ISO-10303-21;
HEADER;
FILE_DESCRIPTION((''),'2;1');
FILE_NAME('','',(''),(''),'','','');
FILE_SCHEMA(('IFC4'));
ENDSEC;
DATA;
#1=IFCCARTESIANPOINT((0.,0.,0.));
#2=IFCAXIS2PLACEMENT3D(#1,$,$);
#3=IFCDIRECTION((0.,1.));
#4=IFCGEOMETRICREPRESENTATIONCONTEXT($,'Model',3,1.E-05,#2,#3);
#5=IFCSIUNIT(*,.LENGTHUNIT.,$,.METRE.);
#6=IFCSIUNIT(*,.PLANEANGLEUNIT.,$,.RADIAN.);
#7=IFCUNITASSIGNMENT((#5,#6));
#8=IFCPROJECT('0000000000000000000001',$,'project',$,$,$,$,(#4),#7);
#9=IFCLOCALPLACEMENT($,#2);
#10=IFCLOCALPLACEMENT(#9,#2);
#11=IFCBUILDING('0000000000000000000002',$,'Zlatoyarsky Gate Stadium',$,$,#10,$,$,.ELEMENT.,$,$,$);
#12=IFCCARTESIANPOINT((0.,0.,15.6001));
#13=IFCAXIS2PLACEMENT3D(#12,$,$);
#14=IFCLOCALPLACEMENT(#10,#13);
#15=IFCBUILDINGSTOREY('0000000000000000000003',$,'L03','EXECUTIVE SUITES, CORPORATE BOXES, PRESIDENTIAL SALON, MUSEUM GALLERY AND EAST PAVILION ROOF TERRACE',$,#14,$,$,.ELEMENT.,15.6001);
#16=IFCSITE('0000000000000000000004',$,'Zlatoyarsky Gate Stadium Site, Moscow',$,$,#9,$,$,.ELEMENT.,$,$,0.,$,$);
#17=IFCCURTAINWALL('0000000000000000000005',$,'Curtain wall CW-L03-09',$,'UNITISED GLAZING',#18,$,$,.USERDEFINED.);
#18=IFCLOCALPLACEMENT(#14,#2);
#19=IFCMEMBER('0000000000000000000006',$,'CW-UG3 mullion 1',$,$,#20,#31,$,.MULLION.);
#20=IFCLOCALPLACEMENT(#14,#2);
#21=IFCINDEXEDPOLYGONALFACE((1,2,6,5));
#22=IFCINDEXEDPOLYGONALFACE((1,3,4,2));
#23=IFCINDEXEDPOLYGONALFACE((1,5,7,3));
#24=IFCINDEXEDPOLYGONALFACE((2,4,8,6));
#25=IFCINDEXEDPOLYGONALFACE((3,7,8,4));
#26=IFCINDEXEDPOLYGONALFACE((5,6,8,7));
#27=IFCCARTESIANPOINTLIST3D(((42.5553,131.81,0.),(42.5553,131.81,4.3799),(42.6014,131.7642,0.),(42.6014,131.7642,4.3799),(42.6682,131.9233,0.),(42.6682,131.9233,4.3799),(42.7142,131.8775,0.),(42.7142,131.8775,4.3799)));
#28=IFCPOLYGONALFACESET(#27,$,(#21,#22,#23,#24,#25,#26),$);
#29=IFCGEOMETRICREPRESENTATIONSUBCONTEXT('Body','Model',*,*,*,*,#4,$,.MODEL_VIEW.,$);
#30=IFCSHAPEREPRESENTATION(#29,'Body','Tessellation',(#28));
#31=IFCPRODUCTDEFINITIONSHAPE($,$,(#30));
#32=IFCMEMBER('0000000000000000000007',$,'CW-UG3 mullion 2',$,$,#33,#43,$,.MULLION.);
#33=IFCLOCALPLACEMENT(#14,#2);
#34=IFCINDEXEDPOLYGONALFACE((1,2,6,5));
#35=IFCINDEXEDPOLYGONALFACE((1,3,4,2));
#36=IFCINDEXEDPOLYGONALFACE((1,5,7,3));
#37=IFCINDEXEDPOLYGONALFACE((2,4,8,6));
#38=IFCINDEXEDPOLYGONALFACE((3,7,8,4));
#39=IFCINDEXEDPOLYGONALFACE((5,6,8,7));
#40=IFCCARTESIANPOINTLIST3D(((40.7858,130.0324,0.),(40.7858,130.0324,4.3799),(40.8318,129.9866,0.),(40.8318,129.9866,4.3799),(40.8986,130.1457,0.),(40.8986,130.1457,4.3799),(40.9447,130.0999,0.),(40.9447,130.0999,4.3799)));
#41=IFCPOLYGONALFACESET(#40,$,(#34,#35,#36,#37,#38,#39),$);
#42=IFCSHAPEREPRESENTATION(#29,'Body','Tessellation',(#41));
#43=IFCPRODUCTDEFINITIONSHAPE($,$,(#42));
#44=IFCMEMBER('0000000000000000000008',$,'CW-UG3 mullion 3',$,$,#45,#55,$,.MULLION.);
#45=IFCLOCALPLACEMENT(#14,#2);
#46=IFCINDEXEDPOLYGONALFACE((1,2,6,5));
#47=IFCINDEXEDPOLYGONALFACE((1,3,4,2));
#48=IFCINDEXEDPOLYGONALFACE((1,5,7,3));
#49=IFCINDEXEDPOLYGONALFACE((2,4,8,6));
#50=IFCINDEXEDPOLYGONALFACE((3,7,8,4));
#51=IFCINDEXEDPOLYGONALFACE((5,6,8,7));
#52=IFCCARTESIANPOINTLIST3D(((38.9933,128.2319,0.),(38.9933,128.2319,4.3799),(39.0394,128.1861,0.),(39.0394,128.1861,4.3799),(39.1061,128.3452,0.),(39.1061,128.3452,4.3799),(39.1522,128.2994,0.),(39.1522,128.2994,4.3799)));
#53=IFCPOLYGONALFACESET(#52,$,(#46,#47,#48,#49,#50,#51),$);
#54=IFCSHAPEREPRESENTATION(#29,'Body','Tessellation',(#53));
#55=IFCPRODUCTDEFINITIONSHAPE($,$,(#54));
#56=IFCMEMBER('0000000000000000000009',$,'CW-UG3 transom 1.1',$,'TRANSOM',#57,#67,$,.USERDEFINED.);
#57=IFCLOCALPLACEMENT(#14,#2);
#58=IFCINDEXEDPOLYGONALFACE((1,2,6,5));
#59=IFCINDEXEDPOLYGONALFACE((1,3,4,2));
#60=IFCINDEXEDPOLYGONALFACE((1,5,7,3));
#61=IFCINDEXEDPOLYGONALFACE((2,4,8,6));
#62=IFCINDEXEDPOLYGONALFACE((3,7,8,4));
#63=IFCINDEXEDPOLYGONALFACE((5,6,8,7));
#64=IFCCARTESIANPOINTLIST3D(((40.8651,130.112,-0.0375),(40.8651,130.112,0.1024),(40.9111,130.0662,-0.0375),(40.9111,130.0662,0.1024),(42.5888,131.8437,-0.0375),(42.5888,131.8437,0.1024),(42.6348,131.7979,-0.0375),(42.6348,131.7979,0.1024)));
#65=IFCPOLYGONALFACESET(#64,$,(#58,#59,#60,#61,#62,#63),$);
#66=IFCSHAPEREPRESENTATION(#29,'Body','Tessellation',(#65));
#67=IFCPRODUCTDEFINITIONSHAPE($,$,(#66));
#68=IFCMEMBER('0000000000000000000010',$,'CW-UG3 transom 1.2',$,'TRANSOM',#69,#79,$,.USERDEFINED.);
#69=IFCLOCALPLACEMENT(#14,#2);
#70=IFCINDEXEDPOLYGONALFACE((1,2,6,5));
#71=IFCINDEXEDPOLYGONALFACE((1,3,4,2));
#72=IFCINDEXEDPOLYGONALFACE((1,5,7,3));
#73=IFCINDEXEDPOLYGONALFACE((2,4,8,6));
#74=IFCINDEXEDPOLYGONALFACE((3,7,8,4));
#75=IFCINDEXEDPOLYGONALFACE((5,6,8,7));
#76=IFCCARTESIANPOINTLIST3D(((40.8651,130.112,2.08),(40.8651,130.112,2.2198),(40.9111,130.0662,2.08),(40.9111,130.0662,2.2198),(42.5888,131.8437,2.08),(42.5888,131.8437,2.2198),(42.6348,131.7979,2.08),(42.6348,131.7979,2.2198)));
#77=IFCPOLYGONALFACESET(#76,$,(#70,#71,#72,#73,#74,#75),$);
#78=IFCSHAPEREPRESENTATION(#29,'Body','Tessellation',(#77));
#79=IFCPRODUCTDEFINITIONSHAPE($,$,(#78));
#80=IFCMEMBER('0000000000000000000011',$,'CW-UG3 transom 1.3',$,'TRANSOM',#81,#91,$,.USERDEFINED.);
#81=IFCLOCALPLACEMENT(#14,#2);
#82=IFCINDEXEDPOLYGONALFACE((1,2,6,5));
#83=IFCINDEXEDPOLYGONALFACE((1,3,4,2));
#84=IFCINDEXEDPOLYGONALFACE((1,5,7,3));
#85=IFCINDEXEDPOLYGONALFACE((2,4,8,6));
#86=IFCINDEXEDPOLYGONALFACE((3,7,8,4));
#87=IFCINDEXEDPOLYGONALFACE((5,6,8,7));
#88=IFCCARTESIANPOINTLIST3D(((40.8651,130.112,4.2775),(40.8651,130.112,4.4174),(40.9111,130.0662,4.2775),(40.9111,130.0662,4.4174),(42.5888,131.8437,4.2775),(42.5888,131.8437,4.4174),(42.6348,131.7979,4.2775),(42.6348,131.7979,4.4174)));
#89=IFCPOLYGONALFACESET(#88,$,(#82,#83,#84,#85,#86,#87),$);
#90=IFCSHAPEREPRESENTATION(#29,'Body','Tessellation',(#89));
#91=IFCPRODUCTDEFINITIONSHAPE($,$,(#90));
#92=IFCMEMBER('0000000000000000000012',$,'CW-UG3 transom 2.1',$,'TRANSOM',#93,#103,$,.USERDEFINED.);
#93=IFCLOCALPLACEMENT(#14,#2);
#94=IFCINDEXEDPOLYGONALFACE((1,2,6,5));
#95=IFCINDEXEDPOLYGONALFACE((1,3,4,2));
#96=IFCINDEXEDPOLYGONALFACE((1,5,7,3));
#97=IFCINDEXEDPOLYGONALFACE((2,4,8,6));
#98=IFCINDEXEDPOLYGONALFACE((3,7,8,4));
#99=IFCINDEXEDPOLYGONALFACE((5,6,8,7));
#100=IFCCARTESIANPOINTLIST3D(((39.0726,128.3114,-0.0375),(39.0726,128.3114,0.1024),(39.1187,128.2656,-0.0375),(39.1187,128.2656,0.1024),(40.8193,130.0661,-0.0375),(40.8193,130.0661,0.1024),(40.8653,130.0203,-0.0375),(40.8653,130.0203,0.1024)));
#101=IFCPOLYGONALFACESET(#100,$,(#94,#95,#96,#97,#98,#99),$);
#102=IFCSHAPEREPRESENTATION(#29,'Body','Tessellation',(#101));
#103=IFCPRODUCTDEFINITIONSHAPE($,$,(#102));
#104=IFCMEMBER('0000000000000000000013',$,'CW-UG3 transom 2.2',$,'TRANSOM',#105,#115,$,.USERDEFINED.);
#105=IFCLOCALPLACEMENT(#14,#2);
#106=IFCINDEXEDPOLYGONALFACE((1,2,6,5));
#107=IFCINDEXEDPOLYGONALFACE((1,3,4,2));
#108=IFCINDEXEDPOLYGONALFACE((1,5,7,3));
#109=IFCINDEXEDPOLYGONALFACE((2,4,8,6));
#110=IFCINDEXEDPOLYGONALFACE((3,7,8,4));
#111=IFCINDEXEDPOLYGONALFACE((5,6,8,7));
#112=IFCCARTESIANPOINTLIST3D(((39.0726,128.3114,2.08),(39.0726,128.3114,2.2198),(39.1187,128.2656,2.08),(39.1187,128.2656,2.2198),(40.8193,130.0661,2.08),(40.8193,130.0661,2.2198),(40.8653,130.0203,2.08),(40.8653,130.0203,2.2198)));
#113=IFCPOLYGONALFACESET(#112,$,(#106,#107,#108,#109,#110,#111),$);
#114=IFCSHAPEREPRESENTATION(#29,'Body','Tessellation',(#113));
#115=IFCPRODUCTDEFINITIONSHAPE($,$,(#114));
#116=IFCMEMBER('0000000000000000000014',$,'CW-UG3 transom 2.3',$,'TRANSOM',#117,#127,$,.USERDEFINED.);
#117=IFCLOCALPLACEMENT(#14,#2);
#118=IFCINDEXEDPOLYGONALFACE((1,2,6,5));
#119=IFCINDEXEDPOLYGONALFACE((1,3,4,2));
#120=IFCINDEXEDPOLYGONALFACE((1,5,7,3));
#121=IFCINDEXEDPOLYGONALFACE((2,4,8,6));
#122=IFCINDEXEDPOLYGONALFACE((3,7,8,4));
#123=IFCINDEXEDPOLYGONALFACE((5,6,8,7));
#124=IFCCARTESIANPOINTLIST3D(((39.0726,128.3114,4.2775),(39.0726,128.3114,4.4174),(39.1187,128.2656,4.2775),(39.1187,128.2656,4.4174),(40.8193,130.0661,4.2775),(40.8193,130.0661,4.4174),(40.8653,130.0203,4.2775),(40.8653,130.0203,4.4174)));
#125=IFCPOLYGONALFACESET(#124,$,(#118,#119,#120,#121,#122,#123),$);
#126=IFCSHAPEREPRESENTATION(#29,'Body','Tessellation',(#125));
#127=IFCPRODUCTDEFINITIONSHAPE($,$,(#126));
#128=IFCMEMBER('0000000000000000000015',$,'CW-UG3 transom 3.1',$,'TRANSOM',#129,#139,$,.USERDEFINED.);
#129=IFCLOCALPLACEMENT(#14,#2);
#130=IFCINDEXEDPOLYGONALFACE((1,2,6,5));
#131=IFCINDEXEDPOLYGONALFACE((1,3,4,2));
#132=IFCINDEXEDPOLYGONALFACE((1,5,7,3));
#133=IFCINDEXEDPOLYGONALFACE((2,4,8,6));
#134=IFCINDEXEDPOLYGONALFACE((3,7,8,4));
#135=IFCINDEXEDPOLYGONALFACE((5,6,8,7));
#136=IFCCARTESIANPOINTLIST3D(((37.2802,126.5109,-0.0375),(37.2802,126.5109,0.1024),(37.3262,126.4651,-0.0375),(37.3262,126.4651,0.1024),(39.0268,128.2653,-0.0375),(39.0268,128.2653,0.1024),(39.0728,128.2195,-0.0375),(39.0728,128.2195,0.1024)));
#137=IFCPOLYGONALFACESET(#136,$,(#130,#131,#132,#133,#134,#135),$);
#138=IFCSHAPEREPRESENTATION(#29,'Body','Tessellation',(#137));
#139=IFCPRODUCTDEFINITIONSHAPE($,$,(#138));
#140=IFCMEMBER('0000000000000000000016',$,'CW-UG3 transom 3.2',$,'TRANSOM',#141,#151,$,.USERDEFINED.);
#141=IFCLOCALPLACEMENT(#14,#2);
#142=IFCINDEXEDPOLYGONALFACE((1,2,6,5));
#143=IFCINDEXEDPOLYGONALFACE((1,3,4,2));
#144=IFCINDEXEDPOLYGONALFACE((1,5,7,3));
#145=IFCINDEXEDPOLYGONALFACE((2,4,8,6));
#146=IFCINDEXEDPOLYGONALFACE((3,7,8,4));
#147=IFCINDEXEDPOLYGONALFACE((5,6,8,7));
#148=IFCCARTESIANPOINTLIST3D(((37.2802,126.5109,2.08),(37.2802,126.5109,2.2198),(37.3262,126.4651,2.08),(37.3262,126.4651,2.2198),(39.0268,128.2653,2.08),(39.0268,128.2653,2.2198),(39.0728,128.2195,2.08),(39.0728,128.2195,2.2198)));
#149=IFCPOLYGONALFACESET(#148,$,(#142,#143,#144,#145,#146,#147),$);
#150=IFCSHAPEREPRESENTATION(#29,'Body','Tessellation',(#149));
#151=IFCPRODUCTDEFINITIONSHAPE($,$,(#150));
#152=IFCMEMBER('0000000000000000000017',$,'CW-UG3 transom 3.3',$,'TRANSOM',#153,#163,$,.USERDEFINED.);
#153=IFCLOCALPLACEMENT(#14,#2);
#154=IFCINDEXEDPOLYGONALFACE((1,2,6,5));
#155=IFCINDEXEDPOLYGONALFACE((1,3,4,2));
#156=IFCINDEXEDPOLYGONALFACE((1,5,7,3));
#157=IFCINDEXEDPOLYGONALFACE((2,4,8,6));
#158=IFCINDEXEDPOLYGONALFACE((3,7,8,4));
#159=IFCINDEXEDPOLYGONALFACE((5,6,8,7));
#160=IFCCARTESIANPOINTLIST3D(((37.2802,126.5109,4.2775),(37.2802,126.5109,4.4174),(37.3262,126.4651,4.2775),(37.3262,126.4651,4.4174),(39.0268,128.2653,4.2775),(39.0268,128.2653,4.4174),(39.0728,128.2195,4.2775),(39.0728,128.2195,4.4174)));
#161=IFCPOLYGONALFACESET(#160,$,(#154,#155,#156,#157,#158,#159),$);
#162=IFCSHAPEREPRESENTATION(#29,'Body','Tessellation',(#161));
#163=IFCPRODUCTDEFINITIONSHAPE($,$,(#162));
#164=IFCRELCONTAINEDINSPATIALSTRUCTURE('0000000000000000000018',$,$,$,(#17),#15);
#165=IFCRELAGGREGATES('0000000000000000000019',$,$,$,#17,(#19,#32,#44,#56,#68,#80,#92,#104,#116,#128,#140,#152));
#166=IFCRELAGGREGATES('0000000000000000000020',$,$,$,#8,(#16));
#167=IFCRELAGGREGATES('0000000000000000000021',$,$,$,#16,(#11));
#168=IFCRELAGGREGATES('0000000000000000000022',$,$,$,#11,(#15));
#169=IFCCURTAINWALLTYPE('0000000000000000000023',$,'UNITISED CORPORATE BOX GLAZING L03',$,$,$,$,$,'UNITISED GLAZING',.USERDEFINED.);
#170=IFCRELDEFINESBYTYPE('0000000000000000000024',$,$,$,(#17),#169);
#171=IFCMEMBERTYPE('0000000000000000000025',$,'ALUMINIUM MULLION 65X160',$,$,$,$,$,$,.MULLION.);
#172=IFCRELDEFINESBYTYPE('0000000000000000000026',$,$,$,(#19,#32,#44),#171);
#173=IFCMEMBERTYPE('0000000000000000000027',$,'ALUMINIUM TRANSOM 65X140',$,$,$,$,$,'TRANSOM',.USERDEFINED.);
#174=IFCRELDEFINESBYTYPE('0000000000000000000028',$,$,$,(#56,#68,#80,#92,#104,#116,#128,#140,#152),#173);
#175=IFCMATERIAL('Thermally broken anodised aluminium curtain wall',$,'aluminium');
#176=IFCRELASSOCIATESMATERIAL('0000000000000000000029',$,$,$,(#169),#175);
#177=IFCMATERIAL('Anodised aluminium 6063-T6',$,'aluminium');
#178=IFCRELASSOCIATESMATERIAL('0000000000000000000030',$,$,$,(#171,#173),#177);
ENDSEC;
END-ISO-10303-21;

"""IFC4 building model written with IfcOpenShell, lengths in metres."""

from ifc_helpers import new_model, si_unit, direction, frame, origin, origin_2d, place, context, subcontext, project, spatial, rectangle, extrude, material, material_profile, profile_set, type_object, element, aggregate, save


model = new_model("IFC4")

# Units and contexts
model_context = context("Model", 3, precision=1e-05, world=origin(), true_north=direction((0.0, 1.0)))
body_context = subcontext(model_context, "Body", "Model", "MODEL_VIEW")
ifc_project = project(units=[si_unit("LENGTHUNIT", "METRE"), si_unit("PLANEANGLEUNIT", "RADIAN")], contexts=[model_context])

# Site, building, storey
site_placement = place(None, origin())
site = spatial("IfcSite", under=ifc_project, at=site_placement, Name="Zlatoyarsky Gate Stadium Site, Moscow", CompositionType="ELEMENT", RefElevation=0.0)
building_placement = place(site_placement, origin())
building = spatial("IfcBuilding", under=site, at=building_placement, Name="Zlatoyarsky Gate Stadium", CompositionType="ELEMENT")
storey_placement = place(building_placement, frame((0.0, 0.0, 15.6001)))
storey = spatial("IfcBuildingStorey", under=building, at=storey_placement, Name="L03", Description="EXECUTIVE SUITES, CORPORATE BOXES, PRESIDENTIAL SALON, MUSEUM GALLERY AND EAST PAVILION ROOF TERRACE", CompositionType="ELEMENT", Elevation=15.6001)

# Curtain wall, members
ifc_material_1 = material(Name="Thermally broken anodised aluminium curtain wall", Category="aluminium")
curtain_wall_type = type_object("IfcCurtainWallType", Name="UNITISED CORPORATE BOX GLAZING L03", ElementType="UNITISED GLAZING", PredefinedType="USERDEFINED", material=ifc_material_1)
curtain_wall_placement = place(storey_placement, origin())
curtain_wall = element("IfcCurtainWall", 1, at=curtain_wall_placement, inside=storey, type_object=curtain_wall_type, Name="Curtain wall CW-L03-09", ObjectType="UNITISED GLAZING", PredefinedType="USERDEFINED")
ifc_material_2 = material(Name="Anodised aluminium 6063-T6", Category="aluminium")
ifc_material_profile_1 = material_profile(ifc_material_2, rectangle(XDim=0.0649, YDim=0.1599, at=origin_2d()), Name="ALU 65X160")
ifc_profile_set_1 = profile_set([ifc_material_profile_1], Name="Anodised aluminium 6063-T6")
member_type_1 = type_object("IfcMemberType", Name="ALUMINIUM MULLION 65X160", PredefinedType="MULLION", material=ifc_profile_set_1)
member_1_placement = place(storey_placement, frame((42.6348, 131.8438, 0.0), z_axis=(0.0, 0.0, 1.0), x_axis=(0.708721, -0.705489, 0.0)))
member_1 = element("IfcMember", 2, at=member_1_placement, type_object=member_type_1, Name="CW-UG3 mullion 1", PredefinedType="MULLION", context=body_context, shape_type="SweptSolid", body=[
    extrude(rectangle(XDim=0.0649, YDim=0.1599, at=origin_2d()), origin(), (0.0, 0.0, 1.0), 4.3799),
])
member_2_placement = place(storey_placement, frame((40.8652, 130.0662, 0.0), z_axis=(0.0, 0.0, 1.0), x_axis=(0.708721, -0.705489, 0.0)))
member_2 = element("IfcMember", 3, at=member_2_placement, type_object=member_type_1, Name="CW-UG3 mullion 2", PredefinedType="MULLION", context=body_context, shape_type="SweptSolid", body=[
    extrude(rectangle(XDim=0.0649, YDim=0.1599, at=origin_2d()), origin(), (0.0, 0.0, 1.0), 4.3799),
])
member_3_placement = place(storey_placement, frame((39.0728, 128.2656, 0.0), z_axis=(0.0, 0.0, 1.0), x_axis=(0.708721, -0.705489, 0.0)))
member_3 = element("IfcMember", 4, at=member_3_placement, type_object=member_type_1, Name="CW-UG3 mullion 3", PredefinedType="MULLION", context=body_context, shape_type="SweptSolid", body=[
    extrude(rectangle(XDim=0.0649, YDim=0.1599, at=origin_2d()), origin(), (0.0, 0.0, 1.0), 4.3799),
])
ifc_material_profile_2 = material_profile(ifc_material_2, rectangle(XDim=0.0649, YDim=0.1399, at=origin_2d()), Name="ALU 65X140")
ifc_profile_set_2 = profile_set([ifc_material_profile_2], Name="Anodised aluminium 6063-T6")
member_type_2 = type_object("IfcMemberType", Name="ALUMINIUM TRANSOM 65X140", ElementType="TRANSOM", PredefinedType="USERDEFINED", material=ifc_profile_set_2)
member_4_placement = place(storey_placement, frame((42.6118, 131.8208, 0.0325), z_axis=(-0.705456, -0.708754, 0.0), x_axis=(0.708754, -0.705456, 0.0)))
member_4 = element("IfcMember", 5, at=member_4_placement, type_object=member_type_2, Name="CW-UG3 transom 1.1", ObjectType="TRANSOM", PredefinedType="USERDEFINED", context=body_context, shape_type="SweptSolid", body=[
    extrude(rectangle(XDim=0.0649, YDim=0.1399, at=origin_2d()), origin(), (0.0, 0.0, 1.0), 2.4434),
])
member_5_placement = place(storey_placement, frame((42.6118, 131.8208, 2.1499), z_axis=(-0.705456, -0.708754, 0.0), x_axis=(0.708754, -0.705456, 0.0)))
member_5 = element("IfcMember", 6, at=member_5_placement, type_object=member_type_2, Name="CW-UG3 transom 1.2", ObjectType="TRANSOM", PredefinedType="USERDEFINED", context=body_context, shape_type="SweptSolid", body=[
    extrude(rectangle(XDim=0.0649, YDim=0.1399, at=origin_2d()), origin(), (0.0, 0.0, 1.0), 2.4434),
])
member_6_placement = place(storey_placement, frame((42.6118, 131.8208, 4.3474), z_axis=(-0.705456, -0.708754, 0.0), x_axis=(0.708754, -0.705456, 0.0)))
member_6 = element("IfcMember", 7, at=member_6_placement, type_object=member_type_2, Name="CW-UG3 transom 1.3", ObjectType="TRANSOM", PredefinedType="USERDEFINED", context=body_context, shape_type="SweptSolid", body=[
    extrude(rectangle(XDim=0.0649, YDim=0.1399, at=origin_2d()), origin(), (0.0, 0.0, 1.0), 2.4434),
])
member_7_placement = place(storey_placement, frame((40.8423, 130.0432, 0.0325), z_axis=(-0.705478, -0.708732, 0.0), x_axis=(0.708732, -0.705478, 0.0)))
member_7 = element("IfcMember", 8, at=member_7_placement, type_object=member_type_2, Name="CW-UG3 transom 2.1", ObjectType="TRANSOM", PredefinedType="USERDEFINED", context=body_context, shape_type="SweptSolid", body=[
    extrude(rectangle(XDim=0.0649, YDim=0.1399, at=origin_2d()), origin(), (0.0, 0.0, 1.0), 2.4758),
])
member_8_placement = place(storey_placement, frame((40.8423, 130.0432, 2.1499), z_axis=(-0.705478, -0.708732, 0.0), x_axis=(0.708732, -0.705478, 0.0)))
member_8 = element("IfcMember", 9, at=member_8_placement, type_object=member_type_2, Name="CW-UG3 transom 2.2", ObjectType="TRANSOM", PredefinedType="USERDEFINED", context=body_context, shape_type="SweptSolid", body=[
    extrude(rectangle(XDim=0.0649, YDim=0.1399, at=origin_2d()), origin(), (0.0, 0.0, 1.0), 2.4758),
])
member_9_placement = place(storey_placement, frame((40.8423, 130.0432, 4.3474), z_axis=(-0.705478, -0.708732, 0.0), x_axis=(0.708732, -0.705478, 0.0)))
member_9 = element("IfcMember", 10, at=member_9_placement, type_object=member_type_2, Name="CW-UG3 transom 2.3", ObjectType="TRANSOM", PredefinedType="USERDEFINED", context=body_context, shape_type="SweptSolid", body=[
    extrude(rectangle(XDim=0.0649, YDim=0.1399, at=origin_2d()), origin(), (0.0, 0.0, 1.0), 2.4758),
])
member_10_placement = place(storey_placement, frame((39.0498, 128.2424, 0.0325), z_axis=(-0.705527, -0.708683, 0.0), x_axis=(0.708683, -0.705527, 0.0)))
member_10 = element("IfcMember", 11, at=member_10_placement, type_object=member_type_2, Name="CW-UG3 transom 3.1", ObjectType="TRANSOM", PredefinedType="USERDEFINED", context=body_context, shape_type="SweptSolid", body=[
    extrude(rectangle(XDim=0.0649, YDim=0.1399, at=origin_2d()), origin(), (0.0, 0.0, 1.0), 2.4756),
])
member_11_placement = place(storey_placement, frame((39.0498, 128.2424, 2.1499), z_axis=(-0.705527, -0.708683, 0.0), x_axis=(0.708683, -0.705527, 0.0)))
member_11 = element("IfcMember", 12, at=member_11_placement, type_object=member_type_2, Name="CW-UG3 transom 3.2", ObjectType="TRANSOM", PredefinedType="USERDEFINED", context=body_context, shape_type="SweptSolid", body=[
    extrude(rectangle(XDim=0.0649, YDim=0.1399, at=origin_2d()), origin(), (0.0, 0.0, 1.0), 2.4756),
])
member_12_placement = place(storey_placement, frame((39.0498, 128.2424, 4.3474), z_axis=(-0.705527, -0.708683, 0.0), x_axis=(0.708683, -0.705527, 0.0)))
member_12 = element("IfcMember", 13, at=member_12_placement, type_object=member_type_2, Name="CW-UG3 transom 3.3", ObjectType="TRANSOM", PredefinedType="USERDEFINED", context=body_context, shape_type="SweptSolid", body=[
    extrude(rectangle(XDim=0.0649, YDim=0.1399, at=origin_2d()), origin(), (0.0, 0.0, 1.0), 2.4756),
])

aggregate(curtain_wall, [member_1, member_2, member_3, member_4, member_5, member_6, member_7, member_8, member_9, member_10, member_11, member_12])

save(model, "model.ifc")
